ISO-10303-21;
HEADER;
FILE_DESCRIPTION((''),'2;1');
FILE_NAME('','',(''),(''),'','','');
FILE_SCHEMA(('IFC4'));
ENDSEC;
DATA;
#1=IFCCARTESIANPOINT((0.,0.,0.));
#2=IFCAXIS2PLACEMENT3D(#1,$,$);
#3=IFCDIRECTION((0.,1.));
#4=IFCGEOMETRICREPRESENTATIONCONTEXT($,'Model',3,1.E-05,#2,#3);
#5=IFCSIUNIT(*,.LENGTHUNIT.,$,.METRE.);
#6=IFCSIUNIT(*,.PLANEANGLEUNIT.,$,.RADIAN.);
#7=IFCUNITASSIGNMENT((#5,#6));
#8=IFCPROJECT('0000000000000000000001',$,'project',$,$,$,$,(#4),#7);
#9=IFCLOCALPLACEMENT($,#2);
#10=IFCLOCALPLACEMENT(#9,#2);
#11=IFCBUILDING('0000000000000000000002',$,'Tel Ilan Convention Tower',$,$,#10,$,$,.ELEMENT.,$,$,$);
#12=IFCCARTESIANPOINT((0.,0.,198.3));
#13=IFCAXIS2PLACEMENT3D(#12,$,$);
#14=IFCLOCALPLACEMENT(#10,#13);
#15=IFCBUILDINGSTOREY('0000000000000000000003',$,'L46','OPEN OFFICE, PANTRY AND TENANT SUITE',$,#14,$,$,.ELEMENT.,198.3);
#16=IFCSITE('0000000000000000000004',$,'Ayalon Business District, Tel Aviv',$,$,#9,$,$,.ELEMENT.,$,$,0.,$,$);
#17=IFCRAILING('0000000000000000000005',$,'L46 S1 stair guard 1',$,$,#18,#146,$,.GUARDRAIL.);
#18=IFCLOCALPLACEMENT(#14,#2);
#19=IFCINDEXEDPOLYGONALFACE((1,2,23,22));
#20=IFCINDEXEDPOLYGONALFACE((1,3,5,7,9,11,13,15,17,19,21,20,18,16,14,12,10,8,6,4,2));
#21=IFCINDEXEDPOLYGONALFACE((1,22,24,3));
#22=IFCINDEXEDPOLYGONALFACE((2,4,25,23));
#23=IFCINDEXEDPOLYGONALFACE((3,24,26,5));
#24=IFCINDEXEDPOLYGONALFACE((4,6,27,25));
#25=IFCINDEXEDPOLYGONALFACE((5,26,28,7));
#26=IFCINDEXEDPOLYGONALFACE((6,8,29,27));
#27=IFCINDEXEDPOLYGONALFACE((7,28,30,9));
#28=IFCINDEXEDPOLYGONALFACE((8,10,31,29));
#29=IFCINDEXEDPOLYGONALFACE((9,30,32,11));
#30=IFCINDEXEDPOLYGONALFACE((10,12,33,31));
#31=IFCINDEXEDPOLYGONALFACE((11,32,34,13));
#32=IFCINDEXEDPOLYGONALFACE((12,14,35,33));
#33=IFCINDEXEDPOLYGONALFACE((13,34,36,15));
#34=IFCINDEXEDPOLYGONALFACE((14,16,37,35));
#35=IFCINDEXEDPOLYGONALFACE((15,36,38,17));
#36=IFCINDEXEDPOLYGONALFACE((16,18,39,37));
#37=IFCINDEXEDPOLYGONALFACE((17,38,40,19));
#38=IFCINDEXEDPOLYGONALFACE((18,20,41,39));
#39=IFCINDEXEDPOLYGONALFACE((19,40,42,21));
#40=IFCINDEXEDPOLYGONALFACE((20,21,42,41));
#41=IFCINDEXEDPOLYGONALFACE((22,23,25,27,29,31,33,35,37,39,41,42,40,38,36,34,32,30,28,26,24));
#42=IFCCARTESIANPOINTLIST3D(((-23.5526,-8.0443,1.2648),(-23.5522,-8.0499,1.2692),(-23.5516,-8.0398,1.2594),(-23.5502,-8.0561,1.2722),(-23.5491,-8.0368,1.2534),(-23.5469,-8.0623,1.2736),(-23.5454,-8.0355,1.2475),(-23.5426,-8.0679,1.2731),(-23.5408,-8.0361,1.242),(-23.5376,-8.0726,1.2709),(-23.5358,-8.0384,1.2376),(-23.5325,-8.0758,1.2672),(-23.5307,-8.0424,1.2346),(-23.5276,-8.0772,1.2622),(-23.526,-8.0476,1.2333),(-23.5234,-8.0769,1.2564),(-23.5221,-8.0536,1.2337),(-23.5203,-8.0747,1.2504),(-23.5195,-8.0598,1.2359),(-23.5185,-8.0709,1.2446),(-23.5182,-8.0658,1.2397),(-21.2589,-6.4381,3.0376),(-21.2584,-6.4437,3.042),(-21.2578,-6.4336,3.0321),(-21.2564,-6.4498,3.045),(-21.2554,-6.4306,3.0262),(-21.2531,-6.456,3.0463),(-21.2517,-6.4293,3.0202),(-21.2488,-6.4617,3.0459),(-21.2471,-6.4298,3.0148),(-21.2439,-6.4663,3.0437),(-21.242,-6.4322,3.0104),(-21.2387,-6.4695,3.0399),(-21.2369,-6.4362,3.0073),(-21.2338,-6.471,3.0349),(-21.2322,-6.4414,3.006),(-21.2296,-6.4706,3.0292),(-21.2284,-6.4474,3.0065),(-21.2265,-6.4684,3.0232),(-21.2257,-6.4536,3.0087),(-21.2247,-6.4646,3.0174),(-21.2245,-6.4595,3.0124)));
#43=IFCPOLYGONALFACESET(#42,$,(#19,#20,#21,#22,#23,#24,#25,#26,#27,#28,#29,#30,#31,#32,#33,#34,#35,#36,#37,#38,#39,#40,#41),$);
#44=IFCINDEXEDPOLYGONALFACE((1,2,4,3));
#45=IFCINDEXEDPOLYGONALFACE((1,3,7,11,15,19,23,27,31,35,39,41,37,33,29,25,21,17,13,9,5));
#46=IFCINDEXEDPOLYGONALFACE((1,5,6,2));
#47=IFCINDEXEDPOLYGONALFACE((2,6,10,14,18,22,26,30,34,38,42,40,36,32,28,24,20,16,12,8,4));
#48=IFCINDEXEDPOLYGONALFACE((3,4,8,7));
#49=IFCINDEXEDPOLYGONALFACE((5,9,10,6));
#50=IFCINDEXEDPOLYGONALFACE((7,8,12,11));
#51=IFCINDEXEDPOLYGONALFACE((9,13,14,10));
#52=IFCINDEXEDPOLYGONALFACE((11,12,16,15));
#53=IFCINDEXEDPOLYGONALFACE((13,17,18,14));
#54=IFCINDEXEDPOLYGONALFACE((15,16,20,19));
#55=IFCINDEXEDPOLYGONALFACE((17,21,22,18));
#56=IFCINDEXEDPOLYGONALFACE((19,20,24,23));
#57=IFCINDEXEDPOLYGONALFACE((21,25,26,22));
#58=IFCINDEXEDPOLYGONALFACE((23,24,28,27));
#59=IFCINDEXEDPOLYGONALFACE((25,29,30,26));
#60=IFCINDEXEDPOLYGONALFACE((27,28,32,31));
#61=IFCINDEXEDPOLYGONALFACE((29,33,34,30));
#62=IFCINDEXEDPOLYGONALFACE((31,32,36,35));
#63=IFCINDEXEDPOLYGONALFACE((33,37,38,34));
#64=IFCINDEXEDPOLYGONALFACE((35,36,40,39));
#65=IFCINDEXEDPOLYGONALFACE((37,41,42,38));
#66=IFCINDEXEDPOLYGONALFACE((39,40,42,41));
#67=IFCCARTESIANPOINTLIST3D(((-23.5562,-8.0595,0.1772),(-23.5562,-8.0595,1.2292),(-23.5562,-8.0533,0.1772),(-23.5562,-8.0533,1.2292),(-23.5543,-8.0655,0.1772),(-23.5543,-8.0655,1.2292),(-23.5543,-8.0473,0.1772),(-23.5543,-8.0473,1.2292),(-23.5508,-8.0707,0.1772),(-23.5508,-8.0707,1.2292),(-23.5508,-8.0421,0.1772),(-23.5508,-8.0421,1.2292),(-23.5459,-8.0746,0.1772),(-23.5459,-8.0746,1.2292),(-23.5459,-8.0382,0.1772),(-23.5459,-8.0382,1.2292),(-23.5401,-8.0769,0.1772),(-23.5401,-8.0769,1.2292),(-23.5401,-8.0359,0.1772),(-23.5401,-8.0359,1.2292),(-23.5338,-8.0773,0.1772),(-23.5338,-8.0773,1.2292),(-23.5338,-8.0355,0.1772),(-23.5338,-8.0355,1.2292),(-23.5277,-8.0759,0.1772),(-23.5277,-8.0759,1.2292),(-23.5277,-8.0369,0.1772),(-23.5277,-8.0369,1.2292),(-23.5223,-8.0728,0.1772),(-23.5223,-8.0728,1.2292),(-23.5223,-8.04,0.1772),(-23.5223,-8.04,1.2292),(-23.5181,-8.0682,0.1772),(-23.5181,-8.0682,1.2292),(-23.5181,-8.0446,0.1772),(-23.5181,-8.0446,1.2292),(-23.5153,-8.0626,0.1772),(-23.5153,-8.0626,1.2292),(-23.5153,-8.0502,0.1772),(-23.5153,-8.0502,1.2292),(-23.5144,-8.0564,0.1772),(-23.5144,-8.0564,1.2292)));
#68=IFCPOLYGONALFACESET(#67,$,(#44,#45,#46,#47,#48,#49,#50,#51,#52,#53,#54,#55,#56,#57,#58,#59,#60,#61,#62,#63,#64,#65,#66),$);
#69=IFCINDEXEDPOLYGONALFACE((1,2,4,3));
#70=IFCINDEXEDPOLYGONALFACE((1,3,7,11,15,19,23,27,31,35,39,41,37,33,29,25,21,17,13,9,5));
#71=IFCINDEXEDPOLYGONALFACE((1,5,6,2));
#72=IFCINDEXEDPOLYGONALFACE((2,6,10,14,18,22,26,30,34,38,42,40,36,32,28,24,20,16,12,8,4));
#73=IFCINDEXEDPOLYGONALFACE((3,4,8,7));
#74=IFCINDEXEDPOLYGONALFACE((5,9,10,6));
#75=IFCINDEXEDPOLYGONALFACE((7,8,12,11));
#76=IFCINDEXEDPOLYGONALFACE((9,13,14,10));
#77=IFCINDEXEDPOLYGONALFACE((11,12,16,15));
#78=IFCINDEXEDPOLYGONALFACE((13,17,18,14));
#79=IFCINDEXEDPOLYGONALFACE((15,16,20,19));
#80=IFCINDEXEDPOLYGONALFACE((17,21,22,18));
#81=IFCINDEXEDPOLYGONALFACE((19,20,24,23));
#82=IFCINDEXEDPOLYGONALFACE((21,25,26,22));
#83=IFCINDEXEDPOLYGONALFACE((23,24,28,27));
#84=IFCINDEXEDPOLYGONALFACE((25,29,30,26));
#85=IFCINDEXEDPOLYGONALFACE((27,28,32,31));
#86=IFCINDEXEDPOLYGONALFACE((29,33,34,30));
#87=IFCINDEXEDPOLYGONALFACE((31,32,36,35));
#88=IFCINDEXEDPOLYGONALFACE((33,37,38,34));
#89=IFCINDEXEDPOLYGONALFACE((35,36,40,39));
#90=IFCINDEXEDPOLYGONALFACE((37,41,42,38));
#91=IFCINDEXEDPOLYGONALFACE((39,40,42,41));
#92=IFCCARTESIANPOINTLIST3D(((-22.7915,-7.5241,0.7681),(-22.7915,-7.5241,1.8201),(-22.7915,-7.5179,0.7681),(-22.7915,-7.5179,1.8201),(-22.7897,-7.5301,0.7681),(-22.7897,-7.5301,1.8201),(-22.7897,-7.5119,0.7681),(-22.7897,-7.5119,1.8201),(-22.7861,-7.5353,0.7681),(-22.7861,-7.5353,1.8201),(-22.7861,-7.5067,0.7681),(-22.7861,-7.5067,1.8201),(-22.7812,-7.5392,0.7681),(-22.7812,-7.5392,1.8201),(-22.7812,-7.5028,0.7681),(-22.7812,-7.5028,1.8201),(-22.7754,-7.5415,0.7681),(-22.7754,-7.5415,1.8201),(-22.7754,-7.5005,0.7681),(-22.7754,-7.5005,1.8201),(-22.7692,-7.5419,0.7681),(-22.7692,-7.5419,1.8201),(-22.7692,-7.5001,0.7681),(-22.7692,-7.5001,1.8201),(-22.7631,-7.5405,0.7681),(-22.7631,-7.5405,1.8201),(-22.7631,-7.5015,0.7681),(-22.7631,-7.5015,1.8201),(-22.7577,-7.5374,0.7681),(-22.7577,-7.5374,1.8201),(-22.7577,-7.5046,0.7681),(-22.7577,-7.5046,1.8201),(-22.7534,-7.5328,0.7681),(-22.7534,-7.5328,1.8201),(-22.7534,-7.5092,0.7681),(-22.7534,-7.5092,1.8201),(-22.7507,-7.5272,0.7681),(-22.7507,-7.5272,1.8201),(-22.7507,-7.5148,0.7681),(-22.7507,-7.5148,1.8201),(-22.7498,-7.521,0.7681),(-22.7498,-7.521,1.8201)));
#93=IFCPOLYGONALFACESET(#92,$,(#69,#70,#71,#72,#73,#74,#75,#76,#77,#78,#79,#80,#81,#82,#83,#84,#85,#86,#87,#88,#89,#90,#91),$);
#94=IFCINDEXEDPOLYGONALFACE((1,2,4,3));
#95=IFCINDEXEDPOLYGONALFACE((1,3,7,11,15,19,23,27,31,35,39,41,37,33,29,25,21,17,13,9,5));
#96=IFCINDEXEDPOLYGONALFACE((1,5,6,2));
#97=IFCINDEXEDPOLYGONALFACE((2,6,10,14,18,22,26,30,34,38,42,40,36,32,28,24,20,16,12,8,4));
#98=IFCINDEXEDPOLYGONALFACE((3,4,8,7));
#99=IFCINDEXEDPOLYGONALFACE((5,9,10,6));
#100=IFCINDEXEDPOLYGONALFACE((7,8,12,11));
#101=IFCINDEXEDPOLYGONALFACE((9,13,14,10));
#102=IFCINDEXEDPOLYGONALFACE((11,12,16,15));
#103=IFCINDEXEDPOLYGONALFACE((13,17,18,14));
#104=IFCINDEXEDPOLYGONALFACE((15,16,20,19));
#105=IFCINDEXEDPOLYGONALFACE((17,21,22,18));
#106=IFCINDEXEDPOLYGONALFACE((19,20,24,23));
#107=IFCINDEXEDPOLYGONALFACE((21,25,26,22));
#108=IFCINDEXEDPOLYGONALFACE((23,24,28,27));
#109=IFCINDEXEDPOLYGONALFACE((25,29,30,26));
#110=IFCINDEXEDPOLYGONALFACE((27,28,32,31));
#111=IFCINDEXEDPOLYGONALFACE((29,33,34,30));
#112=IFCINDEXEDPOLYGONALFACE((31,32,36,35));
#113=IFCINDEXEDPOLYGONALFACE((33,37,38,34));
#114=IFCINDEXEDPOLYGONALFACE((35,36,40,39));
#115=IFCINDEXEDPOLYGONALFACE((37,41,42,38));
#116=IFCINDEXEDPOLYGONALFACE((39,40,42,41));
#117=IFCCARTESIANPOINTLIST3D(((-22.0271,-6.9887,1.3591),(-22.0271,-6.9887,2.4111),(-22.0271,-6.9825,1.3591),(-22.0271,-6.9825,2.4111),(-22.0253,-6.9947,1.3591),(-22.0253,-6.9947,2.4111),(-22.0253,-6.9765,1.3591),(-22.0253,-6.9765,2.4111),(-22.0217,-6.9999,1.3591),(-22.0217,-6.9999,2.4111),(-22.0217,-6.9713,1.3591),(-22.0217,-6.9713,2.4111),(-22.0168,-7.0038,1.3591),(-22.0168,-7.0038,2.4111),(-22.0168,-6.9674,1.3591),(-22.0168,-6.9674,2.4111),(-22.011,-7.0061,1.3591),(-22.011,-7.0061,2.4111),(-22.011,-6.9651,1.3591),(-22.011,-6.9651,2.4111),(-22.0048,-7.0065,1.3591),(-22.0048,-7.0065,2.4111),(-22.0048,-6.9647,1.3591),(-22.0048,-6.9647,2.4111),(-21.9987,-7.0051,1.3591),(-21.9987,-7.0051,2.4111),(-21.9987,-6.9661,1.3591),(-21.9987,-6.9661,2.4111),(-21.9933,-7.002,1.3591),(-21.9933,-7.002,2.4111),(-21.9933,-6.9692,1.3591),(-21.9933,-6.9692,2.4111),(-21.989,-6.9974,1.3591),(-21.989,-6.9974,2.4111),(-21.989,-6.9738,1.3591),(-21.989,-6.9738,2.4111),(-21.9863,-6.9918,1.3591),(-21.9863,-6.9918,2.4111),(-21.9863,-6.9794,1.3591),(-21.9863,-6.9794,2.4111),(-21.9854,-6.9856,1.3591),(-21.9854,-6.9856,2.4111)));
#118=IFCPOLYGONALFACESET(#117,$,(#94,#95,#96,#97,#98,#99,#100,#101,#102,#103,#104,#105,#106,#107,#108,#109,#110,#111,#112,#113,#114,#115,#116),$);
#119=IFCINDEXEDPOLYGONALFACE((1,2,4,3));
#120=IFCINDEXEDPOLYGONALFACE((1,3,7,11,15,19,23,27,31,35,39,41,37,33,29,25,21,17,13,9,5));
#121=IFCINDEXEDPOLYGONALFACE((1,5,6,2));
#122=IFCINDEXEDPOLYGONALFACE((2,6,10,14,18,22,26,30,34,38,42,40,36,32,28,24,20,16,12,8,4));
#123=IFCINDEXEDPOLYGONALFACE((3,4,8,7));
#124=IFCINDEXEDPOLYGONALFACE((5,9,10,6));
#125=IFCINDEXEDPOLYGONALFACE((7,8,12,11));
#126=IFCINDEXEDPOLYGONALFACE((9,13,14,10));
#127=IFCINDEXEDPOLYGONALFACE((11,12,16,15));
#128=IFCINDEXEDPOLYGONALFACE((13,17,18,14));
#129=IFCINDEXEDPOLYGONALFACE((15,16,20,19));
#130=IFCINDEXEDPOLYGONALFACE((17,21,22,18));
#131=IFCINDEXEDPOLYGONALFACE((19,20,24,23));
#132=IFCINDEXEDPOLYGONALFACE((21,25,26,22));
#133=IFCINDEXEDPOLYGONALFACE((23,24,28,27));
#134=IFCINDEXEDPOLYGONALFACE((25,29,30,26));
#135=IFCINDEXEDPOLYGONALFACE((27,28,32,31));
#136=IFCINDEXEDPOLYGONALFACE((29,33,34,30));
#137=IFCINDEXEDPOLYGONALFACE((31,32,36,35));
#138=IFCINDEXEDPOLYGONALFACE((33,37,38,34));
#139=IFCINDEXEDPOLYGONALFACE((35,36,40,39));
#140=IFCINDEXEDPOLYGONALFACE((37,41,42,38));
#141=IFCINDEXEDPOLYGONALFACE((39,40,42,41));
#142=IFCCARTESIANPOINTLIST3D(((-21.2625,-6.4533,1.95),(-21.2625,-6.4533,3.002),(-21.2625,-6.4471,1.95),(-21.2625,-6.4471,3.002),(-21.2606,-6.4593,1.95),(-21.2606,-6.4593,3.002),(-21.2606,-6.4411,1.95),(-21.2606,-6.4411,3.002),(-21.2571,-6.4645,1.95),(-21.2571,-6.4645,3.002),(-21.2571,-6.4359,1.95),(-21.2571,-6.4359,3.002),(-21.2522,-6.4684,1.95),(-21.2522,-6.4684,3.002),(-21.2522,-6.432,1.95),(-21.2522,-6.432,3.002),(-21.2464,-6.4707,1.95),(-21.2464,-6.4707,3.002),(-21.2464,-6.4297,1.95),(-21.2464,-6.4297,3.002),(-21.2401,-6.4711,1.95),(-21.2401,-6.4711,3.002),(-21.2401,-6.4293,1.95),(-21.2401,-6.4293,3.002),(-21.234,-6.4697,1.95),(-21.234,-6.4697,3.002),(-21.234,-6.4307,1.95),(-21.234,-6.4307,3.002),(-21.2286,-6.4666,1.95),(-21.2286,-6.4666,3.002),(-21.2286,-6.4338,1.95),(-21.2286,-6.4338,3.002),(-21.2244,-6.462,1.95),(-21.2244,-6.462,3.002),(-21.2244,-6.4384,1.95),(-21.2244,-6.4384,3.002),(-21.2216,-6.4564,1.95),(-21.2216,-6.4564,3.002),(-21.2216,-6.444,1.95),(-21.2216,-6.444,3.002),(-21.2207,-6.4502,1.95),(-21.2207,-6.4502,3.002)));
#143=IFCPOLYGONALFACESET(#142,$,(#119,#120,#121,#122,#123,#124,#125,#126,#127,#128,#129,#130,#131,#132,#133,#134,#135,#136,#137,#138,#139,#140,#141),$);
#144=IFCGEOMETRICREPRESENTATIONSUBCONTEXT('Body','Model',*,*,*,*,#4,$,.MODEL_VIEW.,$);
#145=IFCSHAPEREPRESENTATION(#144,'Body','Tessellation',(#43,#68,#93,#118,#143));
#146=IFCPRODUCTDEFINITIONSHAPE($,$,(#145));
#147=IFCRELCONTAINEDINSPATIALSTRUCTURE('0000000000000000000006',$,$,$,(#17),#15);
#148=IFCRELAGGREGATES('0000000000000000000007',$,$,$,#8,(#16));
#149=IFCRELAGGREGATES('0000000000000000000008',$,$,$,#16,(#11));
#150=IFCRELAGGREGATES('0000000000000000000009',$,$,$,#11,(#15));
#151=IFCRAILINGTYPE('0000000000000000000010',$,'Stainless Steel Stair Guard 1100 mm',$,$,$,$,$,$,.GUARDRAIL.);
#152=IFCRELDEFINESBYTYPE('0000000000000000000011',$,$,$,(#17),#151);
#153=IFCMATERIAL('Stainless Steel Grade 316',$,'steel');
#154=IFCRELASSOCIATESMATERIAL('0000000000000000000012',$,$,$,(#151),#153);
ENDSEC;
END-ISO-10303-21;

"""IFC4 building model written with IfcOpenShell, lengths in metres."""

from ifc_helpers import new_model, si_unit, direction, frame, origin, origin_2d, place, context, subcontext, project, spatial, circle, extrude, material, type_object, element, save


model = new_model("IFC4")

# Units and contexts
model_context = context("Model", 3, precision=1e-05, world=origin(), true_north=direction((0.0, 1.0)))
body_context = subcontext(model_context, "Body", "Model", "MODEL_VIEW")
ifc_project = project(units=[si_unit("LENGTHUNIT", "METRE"), si_unit("PLANEANGLEUNIT", "RADIAN")], contexts=[model_context])

# Site, building, storey
site_placement = place(None, origin())
site = spatial("IfcSite", under=ifc_project, at=site_placement, Name="Ayalon Business District, Tel Aviv", CompositionType="ELEMENT", RefElevation=0.0)
building_placement = place(site_placement, origin())
building = spatial("IfcBuilding", under=site, at=building_placement, Name="Tel Ilan Convention Tower", CompositionType="ELEMENT")
storey_placement = place(building_placement, frame((0.0, 0.0, 198.3)))
storey = spatial("IfcBuildingStorey", under=building, at=storey_placement, Name="L46", Description="OPEN OFFICE, PANTRY AND TENANT SUITE", CompositionType="ELEMENT", Elevation=198.3)

# Railing
ifc_material_1 = material(Name="Stainless Steel Grade 316", Category="steel")
railing_type_1 = type_object("IfcRailingType", Name="Stainless Steel Stair Guard 1100 mm", PredefinedType="GUARDRAIL", material=ifc_material_1)
railing_1_placement = place(storey_placement, frame((-23.5354, -8.0564, 0.1772)))
element("IfcRailing", 1, at=railing_1_placement, inside=storey, type_object=railing_type_1, Name="L46 S1 stair guard 1", PredefinedType="GUARDRAIL", context=body_context, shape_type="SweptSolid", body=[
    extrude(circle(Radius=0.0239, at=origin_2d()), frame((0.0, 0.0, 1.0762), z_axis=(0.692098, 0.484653, 0.534894), x_axis=(-0.573609, 0.81913, 0.0)), (0.0, 0.0, 1.0), 3.3142),
    extrude(circle(Radius=0.021, at=origin_2d()), origin(), (0.0, 0.0, 1.0), 1.052),
    extrude(circle(Radius=0.021, at=origin_2d()), frame((0.7646, 0.5354, 0.5908)), (0.0, 0.0, 1.0), 1.052),
    extrude(circle(Radius=0.021, at=origin_2d()), frame((1.5291, 1.0708, 1.1819)), (0.0, 0.0, 1.0), 1.052),
    extrude(circle(Radius=0.021, at=origin_2d()), frame((2.2937, 1.6062, 1.7727)), (0.0, 0.0, 1.0), 1.052),
])

save(model, "model.ifc")
